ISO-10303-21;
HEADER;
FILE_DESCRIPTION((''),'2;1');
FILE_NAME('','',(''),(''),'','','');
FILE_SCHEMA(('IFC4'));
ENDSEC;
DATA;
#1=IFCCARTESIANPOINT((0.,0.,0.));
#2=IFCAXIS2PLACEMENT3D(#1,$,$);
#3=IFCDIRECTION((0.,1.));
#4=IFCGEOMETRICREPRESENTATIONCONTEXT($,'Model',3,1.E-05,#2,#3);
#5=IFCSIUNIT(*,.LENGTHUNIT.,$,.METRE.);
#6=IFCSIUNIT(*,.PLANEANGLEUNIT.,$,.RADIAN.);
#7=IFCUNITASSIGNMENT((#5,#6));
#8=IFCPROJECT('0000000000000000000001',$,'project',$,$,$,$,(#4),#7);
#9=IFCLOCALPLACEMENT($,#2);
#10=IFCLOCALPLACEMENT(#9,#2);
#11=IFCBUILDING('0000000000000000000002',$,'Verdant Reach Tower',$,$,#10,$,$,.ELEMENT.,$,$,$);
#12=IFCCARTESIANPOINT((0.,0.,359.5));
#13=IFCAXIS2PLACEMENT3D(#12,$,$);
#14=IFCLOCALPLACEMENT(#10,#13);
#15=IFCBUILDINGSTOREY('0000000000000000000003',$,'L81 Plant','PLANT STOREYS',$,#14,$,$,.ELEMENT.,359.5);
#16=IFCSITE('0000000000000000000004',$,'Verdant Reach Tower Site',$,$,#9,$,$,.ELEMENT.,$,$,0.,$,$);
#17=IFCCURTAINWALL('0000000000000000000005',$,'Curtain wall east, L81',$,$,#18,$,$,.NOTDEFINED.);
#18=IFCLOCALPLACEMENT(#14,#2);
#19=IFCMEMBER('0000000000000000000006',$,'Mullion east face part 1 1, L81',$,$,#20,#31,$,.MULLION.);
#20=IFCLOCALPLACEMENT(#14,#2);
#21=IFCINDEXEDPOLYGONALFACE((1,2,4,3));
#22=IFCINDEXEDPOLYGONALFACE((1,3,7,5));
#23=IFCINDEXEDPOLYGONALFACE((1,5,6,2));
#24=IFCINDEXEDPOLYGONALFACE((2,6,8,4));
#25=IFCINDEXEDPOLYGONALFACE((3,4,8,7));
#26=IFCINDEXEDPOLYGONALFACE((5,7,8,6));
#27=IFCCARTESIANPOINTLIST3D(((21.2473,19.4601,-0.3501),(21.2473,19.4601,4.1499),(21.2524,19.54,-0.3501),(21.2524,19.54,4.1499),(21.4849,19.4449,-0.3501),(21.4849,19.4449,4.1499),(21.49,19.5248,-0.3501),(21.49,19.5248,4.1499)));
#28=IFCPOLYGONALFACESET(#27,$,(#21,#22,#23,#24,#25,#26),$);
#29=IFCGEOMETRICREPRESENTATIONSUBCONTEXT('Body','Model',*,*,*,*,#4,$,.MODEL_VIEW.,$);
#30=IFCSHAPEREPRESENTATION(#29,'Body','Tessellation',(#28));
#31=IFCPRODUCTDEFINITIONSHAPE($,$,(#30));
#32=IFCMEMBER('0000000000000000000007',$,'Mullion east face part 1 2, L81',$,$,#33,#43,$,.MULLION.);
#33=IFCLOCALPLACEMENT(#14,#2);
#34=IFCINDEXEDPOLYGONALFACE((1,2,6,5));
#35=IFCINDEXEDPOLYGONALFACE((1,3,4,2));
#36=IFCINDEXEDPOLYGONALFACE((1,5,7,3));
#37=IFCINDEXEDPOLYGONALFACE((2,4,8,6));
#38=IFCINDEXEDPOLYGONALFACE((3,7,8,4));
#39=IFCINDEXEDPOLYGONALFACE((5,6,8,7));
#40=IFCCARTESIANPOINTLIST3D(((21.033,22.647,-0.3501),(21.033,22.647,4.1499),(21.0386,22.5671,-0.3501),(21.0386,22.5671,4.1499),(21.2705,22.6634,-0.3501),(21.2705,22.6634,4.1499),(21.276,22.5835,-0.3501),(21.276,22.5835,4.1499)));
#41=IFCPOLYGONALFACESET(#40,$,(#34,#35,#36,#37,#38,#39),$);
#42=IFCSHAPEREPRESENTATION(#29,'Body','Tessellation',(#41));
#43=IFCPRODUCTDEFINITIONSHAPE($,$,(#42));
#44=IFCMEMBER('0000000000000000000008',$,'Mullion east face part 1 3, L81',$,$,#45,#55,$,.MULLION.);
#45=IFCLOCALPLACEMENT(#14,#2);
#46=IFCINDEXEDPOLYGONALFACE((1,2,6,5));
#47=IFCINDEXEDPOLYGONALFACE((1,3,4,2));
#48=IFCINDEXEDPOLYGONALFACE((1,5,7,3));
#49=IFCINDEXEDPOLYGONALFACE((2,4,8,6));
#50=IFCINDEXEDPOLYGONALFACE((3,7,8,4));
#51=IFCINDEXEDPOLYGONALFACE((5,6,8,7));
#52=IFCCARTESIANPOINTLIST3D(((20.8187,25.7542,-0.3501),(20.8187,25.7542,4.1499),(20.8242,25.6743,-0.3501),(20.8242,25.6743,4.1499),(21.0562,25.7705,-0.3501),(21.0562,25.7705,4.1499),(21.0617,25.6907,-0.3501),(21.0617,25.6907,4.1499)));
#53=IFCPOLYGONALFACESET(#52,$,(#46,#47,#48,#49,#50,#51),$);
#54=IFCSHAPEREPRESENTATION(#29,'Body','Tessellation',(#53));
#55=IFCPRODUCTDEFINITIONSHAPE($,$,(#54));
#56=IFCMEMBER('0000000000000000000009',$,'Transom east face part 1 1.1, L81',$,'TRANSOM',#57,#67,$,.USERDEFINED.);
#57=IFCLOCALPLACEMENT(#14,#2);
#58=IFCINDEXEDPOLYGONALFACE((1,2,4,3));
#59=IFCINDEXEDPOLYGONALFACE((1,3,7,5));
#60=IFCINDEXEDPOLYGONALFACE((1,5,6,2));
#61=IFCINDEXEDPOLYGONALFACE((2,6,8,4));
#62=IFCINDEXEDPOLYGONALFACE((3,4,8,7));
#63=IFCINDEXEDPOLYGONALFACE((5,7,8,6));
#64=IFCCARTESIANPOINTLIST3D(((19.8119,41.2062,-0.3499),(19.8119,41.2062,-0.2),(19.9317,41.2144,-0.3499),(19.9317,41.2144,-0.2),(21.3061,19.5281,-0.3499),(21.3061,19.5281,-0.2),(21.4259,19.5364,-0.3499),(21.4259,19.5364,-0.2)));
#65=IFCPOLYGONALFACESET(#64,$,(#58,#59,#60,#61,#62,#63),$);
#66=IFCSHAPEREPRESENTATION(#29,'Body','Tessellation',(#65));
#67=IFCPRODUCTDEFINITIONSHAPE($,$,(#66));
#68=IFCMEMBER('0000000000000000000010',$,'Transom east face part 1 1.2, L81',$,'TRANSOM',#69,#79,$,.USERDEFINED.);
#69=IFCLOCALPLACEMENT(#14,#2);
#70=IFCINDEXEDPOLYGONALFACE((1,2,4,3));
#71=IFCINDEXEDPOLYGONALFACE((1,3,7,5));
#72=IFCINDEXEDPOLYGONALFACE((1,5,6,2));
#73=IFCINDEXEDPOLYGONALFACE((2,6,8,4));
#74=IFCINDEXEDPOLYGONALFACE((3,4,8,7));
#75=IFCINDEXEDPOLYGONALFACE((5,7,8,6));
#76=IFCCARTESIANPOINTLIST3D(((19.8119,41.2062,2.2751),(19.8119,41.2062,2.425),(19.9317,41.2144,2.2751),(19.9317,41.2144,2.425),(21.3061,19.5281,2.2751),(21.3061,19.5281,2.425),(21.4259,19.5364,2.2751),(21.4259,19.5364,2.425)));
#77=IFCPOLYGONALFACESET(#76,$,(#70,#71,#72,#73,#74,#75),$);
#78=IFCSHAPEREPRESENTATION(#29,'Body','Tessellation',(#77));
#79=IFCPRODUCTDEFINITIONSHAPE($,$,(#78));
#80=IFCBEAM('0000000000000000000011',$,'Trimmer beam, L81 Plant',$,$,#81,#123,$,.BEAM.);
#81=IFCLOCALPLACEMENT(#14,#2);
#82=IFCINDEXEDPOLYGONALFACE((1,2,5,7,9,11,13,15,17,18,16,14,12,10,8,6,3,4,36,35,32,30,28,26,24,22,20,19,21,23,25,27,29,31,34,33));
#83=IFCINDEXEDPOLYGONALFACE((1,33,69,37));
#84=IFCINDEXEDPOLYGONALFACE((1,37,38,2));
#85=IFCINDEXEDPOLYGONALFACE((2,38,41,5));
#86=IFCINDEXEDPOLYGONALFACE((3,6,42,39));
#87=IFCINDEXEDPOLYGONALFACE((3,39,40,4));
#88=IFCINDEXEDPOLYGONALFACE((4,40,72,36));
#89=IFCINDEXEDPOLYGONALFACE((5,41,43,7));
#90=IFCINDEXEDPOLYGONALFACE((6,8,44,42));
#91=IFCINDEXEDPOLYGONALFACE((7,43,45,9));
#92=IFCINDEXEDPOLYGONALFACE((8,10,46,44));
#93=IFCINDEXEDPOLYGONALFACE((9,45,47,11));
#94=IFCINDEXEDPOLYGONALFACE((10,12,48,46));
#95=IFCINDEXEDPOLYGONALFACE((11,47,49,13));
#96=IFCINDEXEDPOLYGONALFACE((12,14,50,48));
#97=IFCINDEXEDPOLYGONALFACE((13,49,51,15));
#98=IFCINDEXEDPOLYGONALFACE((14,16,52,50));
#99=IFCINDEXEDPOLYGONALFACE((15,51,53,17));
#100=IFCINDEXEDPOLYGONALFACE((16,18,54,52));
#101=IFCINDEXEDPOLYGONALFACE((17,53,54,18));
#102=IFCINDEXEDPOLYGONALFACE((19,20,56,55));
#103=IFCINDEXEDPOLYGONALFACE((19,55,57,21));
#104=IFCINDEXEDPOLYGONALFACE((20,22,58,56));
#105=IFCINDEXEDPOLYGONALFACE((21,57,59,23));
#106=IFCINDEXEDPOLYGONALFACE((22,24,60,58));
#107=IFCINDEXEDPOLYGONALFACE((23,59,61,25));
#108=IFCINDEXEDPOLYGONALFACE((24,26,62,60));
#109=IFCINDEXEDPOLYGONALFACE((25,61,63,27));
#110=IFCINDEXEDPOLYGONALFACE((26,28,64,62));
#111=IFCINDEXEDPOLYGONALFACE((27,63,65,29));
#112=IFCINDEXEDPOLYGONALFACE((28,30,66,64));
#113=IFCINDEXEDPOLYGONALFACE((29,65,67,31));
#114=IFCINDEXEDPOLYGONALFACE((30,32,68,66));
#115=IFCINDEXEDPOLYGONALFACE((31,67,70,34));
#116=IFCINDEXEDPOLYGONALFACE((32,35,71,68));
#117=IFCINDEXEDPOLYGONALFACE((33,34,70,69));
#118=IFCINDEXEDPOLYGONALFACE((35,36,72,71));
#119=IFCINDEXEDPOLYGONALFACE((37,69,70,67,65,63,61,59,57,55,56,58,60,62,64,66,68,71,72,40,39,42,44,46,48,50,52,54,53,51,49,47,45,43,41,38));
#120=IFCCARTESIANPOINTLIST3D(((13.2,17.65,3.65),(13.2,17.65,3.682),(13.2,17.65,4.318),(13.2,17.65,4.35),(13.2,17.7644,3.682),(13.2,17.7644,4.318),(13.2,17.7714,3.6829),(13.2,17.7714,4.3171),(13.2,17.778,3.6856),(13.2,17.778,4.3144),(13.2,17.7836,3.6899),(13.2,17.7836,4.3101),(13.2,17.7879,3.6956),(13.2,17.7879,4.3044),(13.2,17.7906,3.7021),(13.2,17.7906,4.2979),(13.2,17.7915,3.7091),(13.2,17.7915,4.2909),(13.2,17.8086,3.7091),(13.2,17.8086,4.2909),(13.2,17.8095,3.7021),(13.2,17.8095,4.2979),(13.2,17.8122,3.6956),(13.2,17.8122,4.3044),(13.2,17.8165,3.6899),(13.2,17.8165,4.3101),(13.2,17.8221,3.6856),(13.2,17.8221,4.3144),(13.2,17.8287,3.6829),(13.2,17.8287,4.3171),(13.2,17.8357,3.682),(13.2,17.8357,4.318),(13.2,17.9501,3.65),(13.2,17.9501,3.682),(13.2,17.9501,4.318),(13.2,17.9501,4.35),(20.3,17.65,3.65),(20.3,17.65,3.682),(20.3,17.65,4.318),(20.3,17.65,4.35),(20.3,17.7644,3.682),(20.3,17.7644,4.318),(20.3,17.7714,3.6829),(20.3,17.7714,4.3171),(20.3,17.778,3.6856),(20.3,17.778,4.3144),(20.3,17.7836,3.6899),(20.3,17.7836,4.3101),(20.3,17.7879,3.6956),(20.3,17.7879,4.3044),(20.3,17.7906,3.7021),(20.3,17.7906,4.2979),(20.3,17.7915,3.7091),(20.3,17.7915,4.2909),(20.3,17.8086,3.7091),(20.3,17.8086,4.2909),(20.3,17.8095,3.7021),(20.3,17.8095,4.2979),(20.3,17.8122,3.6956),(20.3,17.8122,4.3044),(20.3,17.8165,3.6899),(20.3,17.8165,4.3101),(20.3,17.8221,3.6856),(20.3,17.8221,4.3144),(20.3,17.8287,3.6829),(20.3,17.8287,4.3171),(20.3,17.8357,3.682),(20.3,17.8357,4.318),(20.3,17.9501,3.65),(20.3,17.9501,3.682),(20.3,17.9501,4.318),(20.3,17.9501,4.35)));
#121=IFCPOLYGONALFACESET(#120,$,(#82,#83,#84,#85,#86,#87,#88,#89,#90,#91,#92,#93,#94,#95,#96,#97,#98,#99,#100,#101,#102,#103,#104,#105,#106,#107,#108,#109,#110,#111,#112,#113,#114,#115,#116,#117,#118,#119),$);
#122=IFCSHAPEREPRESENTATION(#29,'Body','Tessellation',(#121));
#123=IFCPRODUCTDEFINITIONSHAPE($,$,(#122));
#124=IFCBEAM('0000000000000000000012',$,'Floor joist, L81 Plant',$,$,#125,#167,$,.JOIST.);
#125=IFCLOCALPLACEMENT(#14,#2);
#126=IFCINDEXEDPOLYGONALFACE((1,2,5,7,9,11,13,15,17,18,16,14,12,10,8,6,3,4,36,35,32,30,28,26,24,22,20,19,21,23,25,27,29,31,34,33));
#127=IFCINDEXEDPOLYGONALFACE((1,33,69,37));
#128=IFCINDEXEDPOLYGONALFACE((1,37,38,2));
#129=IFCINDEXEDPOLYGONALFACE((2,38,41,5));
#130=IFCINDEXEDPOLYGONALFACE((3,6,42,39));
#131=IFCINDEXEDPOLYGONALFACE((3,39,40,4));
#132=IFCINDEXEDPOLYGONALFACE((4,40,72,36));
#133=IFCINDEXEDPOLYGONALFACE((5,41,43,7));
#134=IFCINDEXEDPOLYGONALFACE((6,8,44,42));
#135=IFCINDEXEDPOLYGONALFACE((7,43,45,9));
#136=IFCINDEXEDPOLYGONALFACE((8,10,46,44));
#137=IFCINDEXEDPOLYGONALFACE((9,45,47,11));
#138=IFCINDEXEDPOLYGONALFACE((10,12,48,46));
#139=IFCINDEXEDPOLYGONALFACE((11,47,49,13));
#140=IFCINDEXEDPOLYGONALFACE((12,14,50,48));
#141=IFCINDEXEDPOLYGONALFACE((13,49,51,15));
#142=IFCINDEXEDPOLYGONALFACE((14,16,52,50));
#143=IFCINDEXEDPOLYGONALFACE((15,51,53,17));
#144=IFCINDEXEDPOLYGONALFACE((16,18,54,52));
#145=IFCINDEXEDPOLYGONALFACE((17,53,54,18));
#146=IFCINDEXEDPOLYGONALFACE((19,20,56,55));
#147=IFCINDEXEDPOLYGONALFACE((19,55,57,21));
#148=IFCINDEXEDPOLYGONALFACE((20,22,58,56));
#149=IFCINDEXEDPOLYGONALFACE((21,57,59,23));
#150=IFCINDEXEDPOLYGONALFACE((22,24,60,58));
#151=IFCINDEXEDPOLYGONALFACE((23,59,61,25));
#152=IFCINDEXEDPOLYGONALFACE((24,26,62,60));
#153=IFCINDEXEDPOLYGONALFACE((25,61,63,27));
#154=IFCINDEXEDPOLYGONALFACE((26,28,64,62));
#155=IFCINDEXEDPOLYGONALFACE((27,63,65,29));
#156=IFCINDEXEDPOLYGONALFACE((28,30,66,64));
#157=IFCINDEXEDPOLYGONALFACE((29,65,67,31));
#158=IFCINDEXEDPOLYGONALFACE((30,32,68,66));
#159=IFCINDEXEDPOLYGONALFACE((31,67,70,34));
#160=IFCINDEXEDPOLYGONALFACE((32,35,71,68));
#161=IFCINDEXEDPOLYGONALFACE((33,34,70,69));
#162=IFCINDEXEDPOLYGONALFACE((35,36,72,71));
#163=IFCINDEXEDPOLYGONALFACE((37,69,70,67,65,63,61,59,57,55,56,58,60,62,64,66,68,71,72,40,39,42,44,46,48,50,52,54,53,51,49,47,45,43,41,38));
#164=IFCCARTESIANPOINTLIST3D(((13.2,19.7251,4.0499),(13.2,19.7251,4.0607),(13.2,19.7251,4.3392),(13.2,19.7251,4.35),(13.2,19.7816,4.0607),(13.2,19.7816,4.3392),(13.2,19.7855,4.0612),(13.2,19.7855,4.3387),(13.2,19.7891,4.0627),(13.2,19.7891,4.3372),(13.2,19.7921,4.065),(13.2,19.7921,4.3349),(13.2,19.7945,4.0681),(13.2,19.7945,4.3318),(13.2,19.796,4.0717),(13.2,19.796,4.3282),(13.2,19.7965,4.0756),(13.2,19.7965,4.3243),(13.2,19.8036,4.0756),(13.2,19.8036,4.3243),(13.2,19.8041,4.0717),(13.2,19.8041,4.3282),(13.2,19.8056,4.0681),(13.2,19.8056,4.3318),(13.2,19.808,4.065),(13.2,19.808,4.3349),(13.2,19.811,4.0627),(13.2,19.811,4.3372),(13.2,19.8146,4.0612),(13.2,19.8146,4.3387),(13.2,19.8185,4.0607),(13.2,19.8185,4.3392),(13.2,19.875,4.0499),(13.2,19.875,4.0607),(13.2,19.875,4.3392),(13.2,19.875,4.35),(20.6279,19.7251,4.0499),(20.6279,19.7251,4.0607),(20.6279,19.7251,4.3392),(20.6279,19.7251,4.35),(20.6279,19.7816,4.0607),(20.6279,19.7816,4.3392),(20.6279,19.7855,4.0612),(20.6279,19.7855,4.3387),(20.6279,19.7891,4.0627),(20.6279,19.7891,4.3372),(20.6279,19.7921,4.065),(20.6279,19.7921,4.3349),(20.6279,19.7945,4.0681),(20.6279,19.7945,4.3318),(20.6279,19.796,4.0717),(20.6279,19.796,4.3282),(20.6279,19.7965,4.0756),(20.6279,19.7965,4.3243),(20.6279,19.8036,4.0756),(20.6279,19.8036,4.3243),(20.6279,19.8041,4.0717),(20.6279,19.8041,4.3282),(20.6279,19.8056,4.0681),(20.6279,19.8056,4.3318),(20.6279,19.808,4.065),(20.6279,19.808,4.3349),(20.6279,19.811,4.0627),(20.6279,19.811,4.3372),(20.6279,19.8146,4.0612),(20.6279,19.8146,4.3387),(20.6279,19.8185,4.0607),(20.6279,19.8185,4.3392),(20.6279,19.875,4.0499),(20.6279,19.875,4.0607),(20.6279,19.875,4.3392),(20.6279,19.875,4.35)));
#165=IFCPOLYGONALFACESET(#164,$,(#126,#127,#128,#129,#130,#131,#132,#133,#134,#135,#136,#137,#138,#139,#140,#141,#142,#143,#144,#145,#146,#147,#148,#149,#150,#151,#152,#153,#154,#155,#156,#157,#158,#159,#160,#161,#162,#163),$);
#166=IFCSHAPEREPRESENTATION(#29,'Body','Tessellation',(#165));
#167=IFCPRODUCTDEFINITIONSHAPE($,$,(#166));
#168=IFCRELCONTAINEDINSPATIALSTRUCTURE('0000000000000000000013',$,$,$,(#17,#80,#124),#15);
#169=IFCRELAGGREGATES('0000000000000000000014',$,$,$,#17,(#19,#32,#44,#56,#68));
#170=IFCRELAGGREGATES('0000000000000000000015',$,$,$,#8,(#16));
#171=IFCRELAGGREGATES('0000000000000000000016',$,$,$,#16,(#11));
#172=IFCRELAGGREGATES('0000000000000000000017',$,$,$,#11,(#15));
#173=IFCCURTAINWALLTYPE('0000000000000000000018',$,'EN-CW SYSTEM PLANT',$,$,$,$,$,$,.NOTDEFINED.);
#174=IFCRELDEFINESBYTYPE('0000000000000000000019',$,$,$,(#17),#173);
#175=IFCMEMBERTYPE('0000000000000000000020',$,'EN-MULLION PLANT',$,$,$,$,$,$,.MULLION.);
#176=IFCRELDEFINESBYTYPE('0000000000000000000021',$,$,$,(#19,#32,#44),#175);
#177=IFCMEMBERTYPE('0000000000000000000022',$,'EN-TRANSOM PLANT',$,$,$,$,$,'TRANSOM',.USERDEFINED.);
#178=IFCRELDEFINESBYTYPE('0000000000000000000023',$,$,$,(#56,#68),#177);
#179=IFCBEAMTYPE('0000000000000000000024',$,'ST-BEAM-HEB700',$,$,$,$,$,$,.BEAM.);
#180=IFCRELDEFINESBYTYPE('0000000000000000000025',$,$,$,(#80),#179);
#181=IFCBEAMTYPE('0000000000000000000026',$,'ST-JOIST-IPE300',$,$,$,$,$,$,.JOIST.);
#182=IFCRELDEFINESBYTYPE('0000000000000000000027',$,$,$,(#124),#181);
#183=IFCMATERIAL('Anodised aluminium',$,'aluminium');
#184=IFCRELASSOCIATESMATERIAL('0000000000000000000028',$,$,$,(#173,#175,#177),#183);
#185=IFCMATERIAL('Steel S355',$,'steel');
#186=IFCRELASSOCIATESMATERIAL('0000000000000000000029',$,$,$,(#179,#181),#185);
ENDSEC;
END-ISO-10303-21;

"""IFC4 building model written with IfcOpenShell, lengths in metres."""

from ifc_helpers import new_model, si_unit, direction, frame, origin, origin_2d, place, context, subcontext, project, spatial, rectangle, i_section, extrude, material, material_profile, profile_set, type_object, element, aggregate, save


model = new_model("IFC4")

# Units and contexts
model_context = context("Model", 3, precision=1e-05, world=origin(), true_north=direction((0.0, 1.0)))
body_context = subcontext(model_context, "Body", "Model", "MODEL_VIEW")
ifc_project = project(units=[si_unit("LENGTHUNIT", "METRE"), si_unit("PLANEANGLEUNIT", "RADIAN")], contexts=[model_context])

# Site, building, storey
site_placement = place(None, origin())
site = spatial("IfcSite", under=ifc_project, at=site_placement, Name="Verdant Reach Tower Site", CompositionType="ELEMENT", RefElevation=0.0)
building_placement = place(site_placement, origin())
building = spatial("IfcBuilding", under=site, at=building_placement, Name="Verdant Reach Tower", CompositionType="ELEMENT")
storey_placement = place(building_placement, frame((0.0, 0.0, 359.5)))
storey = spatial("IfcBuildingStorey", under=building, at=storey_placement, Name="L81 Plant", Description="PLANT STOREYS", CompositionType="ELEMENT", Elevation=359.5)

# Curtain wall, members
ifc_material_1 = material(Name="Anodised aluminium", Category="aluminium")
curtain_wall_type = type_object("IfcCurtainWallType", Name="EN-CW SYSTEM PLANT", PredefinedType="NOTDEFINED", material=ifc_material_1)
curtain_wall_1_placement = place(storey_placement, origin())
curtain_wall_1 = element("IfcCurtainWall", 1, at=curtain_wall_1_placement, inside=storey, type_object=curtain_wall_type, Name="Curtain wall east, L81", PredefinedType="NOTDEFINED")
ifc_material_profile_1 = material_profile(ifc_material_1, rectangle(XDim=0.238, YDim=0.0801, at=origin_2d()), Name="Mullion 80x240")
ifc_profile_set_1 = profile_set([ifc_material_profile_1], Name="Anodised aluminium")
member_type_1 = type_object("IfcMemberType", Name="EN-MULLION PLANT", PredefinedType="MULLION", material=ifc_profile_set_1)
member_1_placement = place(storey_placement, frame((21.3687, 19.4924, -0.3501), z_axis=(0.0, 0.0, 1.0), x_axis=(0.997969, -0.063699, 0.0)))
member_1 = element("IfcMember", 2, at=member_1_placement, type_object=member_type_1, Name="Mullion east face part 1 1, L81", PredefinedType="MULLION", context=body_context, shape_type="SweptSolid", body=[
    extrude(rectangle(XDim=0.238, YDim=0.0801, at=origin_2d()), origin(), (0.0, 0.0, 1.0), 4.5),
])
member_2_placement = place(storey_placement, frame((21.1545, 22.6152, -0.3501), z_axis=(0.0, 0.0, 1.0), x_axis=(0.99763, 0.068802, 0.0)))
member_2 = element("IfcMember", 3, at=member_2_placement, type_object=member_type_1, Name="Mullion east face part 1 2, L81", PredefinedType="MULLION", context=body_context, shape_type="SweptSolid", body=[
    extrude(rectangle(XDim=0.238, YDim=0.0801, at=origin_2d()), origin(), (0.0, 0.0, 1.0), 4.5),
])
member_3_placement = place(storey_placement, frame((20.9402, 25.7224, -0.3501), z_axis=(0.0, 0.0, 1.0), x_axis=(0.99763, 0.068802, 0.0)))
member_3 = element("IfcMember", 4, at=member_3_placement, type_object=member_type_1, Name="Mullion east face part 1 3, L81", PredefinedType="MULLION", context=body_context, shape_type="SweptSolid", body=[
    extrude(rectangle(XDim=0.238, YDim=0.0801, at=origin_2d()), origin(), (0.0, 0.0, 1.0), 4.5),
])
ifc_material_profile_2 = material_profile(ifc_material_1, rectangle(XDim=0.1201, YDim=0.1499, at=origin_2d()), Name="Transom 150x120")
ifc_profile_set_2 = profile_set([ifc_material_profile_2], Name="Anodised aluminium")
member_type_2 = type_object("IfcMemberType", Name="EN-TRANSOM PLANT", ElementType="TRANSOM", PredefinedType="USERDEFINED", material=ifc_profile_set_2)
member_4_placement = place(storey_placement, frame((21.366, 19.5322, -0.2749), z_axis=(-0.068761, 0.997633, 0.0), x_axis=(-0.997633, -0.068761, 0.0)))
member_4 = element("IfcMember", 5, at=member_4_placement, type_object=member_type_2, Name="Transom east face part 1 1.1, L81", ObjectType="TRANSOM", PredefinedType="USERDEFINED", context=body_context, shape_type="SweptSolid", body=[
    extrude(rectangle(XDim=0.1201, YDim=0.1499, at=origin_2d()), origin(), (0.0, 0.0, 1.0), 21.7295),
])
member_5_placement = place(storey_placement, frame((21.366, 19.5322, 2.3501), z_axis=(-0.068761, 0.997633, 0.0), x_axis=(-0.997633, -0.068761, 0.0)))
member_5 = element("IfcMember", 6, at=member_5_placement, type_object=member_type_2, Name="Transom east face part 1 1.2, L81", ObjectType="TRANSOM", PredefinedType="USERDEFINED", context=body_context, shape_type="SweptSolid", body=[
    extrude(rectangle(XDim=0.1201, YDim=0.1499, at=origin_2d()), origin(), (0.0, 0.0, 1.0), 21.7295),
])

# Beams
ifc_material_2 = material(Name="Steel S355", Category="steel")
ifc_material_profile_3 = material_profile(ifc_material_2, i_section(OverallWidth=0.3, OverallDepth=0.7, WebThickness=0.0171, FlangeThickness=0.032, FilletRadius=0.0271, at=origin_2d()), Name="HEB 700")
ifc_profile_set_3 = profile_set([ifc_material_profile_3], Name="Steel S355")
beam_type_1 = type_object("IfcBeamType", Name="ST-BEAM-HEB700", PredefinedType="BEAM", material=ifc_profile_set_3)
beam_1_placement = place(storey_placement, frame((13.2, 17.8, 4.0), z_axis=(1.0, 0.0, 0.0), x_axis=(0.0, 1.0, 0.0)))
element("IfcBeam", 7, at=beam_1_placement, inside=storey, type_object=beam_type_1, Name="Trimmer beam, L81 Plant", PredefinedType="BEAM", context=body_context, shape_type="SweptSolid", body=[
    extrude(i_section(OverallWidth=0.3, OverallDepth=0.7, WebThickness=0.0171, FlangeThickness=0.032, FilletRadius=0.0271, at=origin_2d()), origin(), (0.0, 0.0, 1.0), 7.1001),
])
ifc_material_profile_4 = material_profile(ifc_material_2, i_section(OverallWidth=0.1499, OverallDepth=0.3, WebThickness=0.0071, FlangeThickness=0.0107, FilletRadius=0.0149, at=origin_2d()), Name="IPE 300")
ifc_profile_set_4 = profile_set([ifc_material_profile_4], Name="Steel S355")
beam_type_2 = type_object("IfcBeamType", Name="ST-JOIST-IPE300", PredefinedType="JOIST", material=ifc_profile_set_4)
beam_2_placement = place(storey_placement, frame((13.2, 19.8, 4.2), z_axis=(1.0, 0.0, 0.0), x_axis=(0.0, 1.0, 0.0)))
element("IfcBeam", 8, at=beam_2_placement, inside=storey, type_object=beam_type_2, Name="Floor joist, L81 Plant", PredefinedType="JOIST", context=body_context, shape_type="SweptSolid", body=[
    extrude(i_section(OverallWidth=0.1499, OverallDepth=0.3, WebThickness=0.0071, FlangeThickness=0.0107, FilletRadius=0.0149, at=origin_2d()), origin(), (0.0, 0.0, 1.0), 7.428),
])

aggregate(curtain_wall_1, [member_1, member_2, member_3, member_4, member_5])

save(model, "model.ifc")
